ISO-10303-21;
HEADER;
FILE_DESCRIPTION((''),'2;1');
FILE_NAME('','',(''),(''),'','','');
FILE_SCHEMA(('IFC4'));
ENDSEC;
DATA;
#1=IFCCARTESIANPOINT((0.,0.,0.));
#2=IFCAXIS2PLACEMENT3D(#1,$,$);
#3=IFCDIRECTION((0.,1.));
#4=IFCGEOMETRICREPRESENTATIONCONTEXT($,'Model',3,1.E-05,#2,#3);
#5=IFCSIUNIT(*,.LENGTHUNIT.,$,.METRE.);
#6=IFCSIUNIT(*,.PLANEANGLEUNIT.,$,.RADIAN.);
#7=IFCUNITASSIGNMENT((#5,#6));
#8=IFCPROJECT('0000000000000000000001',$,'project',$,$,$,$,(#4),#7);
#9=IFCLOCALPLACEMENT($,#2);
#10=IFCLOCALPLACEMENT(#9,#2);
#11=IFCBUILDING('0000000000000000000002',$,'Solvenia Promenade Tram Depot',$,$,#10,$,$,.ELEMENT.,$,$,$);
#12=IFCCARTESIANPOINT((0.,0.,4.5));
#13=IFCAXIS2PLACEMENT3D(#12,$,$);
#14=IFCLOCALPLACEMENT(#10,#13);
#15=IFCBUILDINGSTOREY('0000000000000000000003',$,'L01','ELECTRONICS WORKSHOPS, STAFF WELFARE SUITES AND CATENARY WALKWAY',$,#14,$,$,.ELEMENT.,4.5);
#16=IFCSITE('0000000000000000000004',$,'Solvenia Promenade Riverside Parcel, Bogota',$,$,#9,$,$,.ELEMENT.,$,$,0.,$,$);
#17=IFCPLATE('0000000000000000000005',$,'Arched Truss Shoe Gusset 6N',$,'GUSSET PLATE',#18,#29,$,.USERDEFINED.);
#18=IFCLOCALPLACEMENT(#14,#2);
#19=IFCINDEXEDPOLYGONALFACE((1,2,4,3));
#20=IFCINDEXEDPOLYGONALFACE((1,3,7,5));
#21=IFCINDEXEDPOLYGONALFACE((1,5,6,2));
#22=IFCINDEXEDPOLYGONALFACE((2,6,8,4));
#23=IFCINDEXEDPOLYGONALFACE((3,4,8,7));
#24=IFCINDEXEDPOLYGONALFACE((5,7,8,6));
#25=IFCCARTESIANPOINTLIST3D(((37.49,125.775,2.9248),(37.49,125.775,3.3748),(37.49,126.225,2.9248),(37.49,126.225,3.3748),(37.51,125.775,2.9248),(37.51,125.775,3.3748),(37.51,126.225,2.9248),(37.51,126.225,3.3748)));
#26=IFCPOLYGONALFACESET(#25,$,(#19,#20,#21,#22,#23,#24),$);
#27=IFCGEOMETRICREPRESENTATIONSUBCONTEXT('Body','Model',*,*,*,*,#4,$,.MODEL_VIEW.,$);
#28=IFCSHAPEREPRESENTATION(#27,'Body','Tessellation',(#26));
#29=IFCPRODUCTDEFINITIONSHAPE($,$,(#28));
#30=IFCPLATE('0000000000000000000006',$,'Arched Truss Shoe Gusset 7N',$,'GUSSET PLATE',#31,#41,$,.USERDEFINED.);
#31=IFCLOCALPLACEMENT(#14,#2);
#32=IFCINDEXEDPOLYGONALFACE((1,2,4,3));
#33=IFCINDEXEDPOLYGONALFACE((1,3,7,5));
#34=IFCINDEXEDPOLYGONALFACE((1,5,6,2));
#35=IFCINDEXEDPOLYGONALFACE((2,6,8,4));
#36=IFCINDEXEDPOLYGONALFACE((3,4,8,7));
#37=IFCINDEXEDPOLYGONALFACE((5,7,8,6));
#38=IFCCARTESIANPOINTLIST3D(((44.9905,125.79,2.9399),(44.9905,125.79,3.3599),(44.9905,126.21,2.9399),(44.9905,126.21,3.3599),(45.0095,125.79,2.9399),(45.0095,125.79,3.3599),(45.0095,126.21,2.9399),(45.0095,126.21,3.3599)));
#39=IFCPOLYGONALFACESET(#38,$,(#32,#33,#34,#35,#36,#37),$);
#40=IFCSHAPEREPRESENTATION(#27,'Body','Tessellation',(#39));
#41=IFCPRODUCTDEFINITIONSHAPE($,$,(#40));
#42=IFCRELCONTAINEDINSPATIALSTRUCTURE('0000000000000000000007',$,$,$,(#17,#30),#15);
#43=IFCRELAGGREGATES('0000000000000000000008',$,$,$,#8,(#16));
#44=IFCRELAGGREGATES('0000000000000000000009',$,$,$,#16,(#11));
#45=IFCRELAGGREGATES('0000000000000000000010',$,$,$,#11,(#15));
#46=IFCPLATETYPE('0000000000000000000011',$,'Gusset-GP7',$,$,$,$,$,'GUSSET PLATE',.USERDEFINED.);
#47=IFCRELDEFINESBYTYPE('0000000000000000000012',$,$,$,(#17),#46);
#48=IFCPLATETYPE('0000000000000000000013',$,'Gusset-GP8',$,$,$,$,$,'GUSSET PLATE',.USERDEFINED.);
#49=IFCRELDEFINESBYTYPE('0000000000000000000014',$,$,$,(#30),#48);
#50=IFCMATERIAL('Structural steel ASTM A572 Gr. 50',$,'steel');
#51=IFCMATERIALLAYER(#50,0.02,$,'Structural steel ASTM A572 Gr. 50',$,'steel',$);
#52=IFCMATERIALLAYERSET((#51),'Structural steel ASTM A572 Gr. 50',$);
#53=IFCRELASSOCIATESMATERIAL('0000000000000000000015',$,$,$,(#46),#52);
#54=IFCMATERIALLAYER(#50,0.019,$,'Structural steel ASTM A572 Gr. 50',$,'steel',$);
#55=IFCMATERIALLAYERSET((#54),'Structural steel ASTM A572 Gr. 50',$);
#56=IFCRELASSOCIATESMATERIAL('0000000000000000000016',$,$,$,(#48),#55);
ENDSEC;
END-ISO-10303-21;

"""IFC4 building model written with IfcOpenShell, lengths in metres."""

from ifc_helpers import new_model, si_unit, direction, frame, origin, origin_2d, place, context, subcontext, project, spatial, rectangle, extrude, material, layer, layer_set, type_object, element, save


model = new_model("IFC4")

# Units and contexts
model_context = context("Model", 3, precision=1e-05, world=origin(), true_north=direction((0.0, 1.0)))
body_context = subcontext(model_context, "Body", "Model", "MODEL_VIEW")
ifc_project = project(units=[si_unit("LENGTHUNIT", "METRE"), si_unit("PLANEANGLEUNIT", "RADIAN")], contexts=[model_context])

# Site, building, storey
site_placement = place(None, origin())
site = spatial("IfcSite", under=ifc_project, at=site_placement, Name="Solvenia Promenade Riverside Parcel, Bogota", CompositionType="ELEMENT", RefElevation=0.0)
building_placement = place(site_placement, origin())
building = spatial("IfcBuilding", under=site, at=building_placement, Name="Solvenia Promenade Tram Depot", CompositionType="ELEMENT")
storey_placement = place(building_placement, frame((0.0, 0.0, 4.5)))
storey = spatial("IfcBuildingStorey", under=building, at=storey_placement, Name="L01", Description="ELECTRONICS WORKSHOPS, STAFF WELFARE SUITES AND CATENARY WALKWAY", CompositionType="ELEMENT", Elevation=4.5)

# Plates
ifc_material_1 = material(Name="Structural steel ASTM A572 Gr. 50", Category="steel")
ifc_layer_1 = layer(ifc_material_1, 0.02, Name="Structural steel ASTM A572 Gr. 50", Category="steel")
ifc_layer_set_1 = layer_set([ifc_layer_1], Name="Structural steel ASTM A572 Gr. 50")
plate_type_1 = type_object("IfcPlateType", Name="Gusset-GP7", ElementType="GUSSET PLATE", PredefinedType="USERDEFINED", material=ifc_layer_set_1)
plate_1_placement = place(storey_placement, frame((37.5, 126.0, 2.9248), z_axis=(0.0, 0.0, 1.0), x_axis=(1.0, 0.0, 0.0)))
element("IfcPlate", 1, at=plate_1_placement, inside=storey, type_object=plate_type_1, Name="Arched Truss Shoe Gusset 6N", ObjectType="GUSSET PLATE", PredefinedType="USERDEFINED", context=body_context, shape_type="SweptSolid", body=[
    extrude(rectangle(XDim=0.02, YDim=0.45, at=origin_2d()), origin(), (0.0, 0.0, 1.0), 0.45),
])
ifc_layer_2 = layer(ifc_material_1, 0.019, Name="Structural steel ASTM A572 Gr. 50", Category="steel")
ifc_layer_set_2 = layer_set([ifc_layer_2], Name="Structural steel ASTM A572 Gr. 50")
plate_type_2 = type_object("IfcPlateType", Name="Gusset-GP8", ElementType="GUSSET PLATE", PredefinedType="USERDEFINED", material=ifc_layer_set_2)
plate_2_placement = place(storey_placement, frame((45.0, 126.0, 2.9399), z_axis=(0.0, 0.0, 1.0), x_axis=(1.0, 0.0, 0.0)))
element("IfcPlate", 2, at=plate_2_placement, inside=storey, type_object=plate_type_2, Name="Arched Truss Shoe Gusset 7N", ObjectType="GUSSET PLATE", PredefinedType="USERDEFINED", context=body_context, shape_type="SweptSolid", body=[
    extrude(rectangle(XDim=0.019, YDim=0.4199, at=origin_2d()), origin(), (0.0, 0.0, 1.0), 0.4199),
])

save(model, "model.ifc")
